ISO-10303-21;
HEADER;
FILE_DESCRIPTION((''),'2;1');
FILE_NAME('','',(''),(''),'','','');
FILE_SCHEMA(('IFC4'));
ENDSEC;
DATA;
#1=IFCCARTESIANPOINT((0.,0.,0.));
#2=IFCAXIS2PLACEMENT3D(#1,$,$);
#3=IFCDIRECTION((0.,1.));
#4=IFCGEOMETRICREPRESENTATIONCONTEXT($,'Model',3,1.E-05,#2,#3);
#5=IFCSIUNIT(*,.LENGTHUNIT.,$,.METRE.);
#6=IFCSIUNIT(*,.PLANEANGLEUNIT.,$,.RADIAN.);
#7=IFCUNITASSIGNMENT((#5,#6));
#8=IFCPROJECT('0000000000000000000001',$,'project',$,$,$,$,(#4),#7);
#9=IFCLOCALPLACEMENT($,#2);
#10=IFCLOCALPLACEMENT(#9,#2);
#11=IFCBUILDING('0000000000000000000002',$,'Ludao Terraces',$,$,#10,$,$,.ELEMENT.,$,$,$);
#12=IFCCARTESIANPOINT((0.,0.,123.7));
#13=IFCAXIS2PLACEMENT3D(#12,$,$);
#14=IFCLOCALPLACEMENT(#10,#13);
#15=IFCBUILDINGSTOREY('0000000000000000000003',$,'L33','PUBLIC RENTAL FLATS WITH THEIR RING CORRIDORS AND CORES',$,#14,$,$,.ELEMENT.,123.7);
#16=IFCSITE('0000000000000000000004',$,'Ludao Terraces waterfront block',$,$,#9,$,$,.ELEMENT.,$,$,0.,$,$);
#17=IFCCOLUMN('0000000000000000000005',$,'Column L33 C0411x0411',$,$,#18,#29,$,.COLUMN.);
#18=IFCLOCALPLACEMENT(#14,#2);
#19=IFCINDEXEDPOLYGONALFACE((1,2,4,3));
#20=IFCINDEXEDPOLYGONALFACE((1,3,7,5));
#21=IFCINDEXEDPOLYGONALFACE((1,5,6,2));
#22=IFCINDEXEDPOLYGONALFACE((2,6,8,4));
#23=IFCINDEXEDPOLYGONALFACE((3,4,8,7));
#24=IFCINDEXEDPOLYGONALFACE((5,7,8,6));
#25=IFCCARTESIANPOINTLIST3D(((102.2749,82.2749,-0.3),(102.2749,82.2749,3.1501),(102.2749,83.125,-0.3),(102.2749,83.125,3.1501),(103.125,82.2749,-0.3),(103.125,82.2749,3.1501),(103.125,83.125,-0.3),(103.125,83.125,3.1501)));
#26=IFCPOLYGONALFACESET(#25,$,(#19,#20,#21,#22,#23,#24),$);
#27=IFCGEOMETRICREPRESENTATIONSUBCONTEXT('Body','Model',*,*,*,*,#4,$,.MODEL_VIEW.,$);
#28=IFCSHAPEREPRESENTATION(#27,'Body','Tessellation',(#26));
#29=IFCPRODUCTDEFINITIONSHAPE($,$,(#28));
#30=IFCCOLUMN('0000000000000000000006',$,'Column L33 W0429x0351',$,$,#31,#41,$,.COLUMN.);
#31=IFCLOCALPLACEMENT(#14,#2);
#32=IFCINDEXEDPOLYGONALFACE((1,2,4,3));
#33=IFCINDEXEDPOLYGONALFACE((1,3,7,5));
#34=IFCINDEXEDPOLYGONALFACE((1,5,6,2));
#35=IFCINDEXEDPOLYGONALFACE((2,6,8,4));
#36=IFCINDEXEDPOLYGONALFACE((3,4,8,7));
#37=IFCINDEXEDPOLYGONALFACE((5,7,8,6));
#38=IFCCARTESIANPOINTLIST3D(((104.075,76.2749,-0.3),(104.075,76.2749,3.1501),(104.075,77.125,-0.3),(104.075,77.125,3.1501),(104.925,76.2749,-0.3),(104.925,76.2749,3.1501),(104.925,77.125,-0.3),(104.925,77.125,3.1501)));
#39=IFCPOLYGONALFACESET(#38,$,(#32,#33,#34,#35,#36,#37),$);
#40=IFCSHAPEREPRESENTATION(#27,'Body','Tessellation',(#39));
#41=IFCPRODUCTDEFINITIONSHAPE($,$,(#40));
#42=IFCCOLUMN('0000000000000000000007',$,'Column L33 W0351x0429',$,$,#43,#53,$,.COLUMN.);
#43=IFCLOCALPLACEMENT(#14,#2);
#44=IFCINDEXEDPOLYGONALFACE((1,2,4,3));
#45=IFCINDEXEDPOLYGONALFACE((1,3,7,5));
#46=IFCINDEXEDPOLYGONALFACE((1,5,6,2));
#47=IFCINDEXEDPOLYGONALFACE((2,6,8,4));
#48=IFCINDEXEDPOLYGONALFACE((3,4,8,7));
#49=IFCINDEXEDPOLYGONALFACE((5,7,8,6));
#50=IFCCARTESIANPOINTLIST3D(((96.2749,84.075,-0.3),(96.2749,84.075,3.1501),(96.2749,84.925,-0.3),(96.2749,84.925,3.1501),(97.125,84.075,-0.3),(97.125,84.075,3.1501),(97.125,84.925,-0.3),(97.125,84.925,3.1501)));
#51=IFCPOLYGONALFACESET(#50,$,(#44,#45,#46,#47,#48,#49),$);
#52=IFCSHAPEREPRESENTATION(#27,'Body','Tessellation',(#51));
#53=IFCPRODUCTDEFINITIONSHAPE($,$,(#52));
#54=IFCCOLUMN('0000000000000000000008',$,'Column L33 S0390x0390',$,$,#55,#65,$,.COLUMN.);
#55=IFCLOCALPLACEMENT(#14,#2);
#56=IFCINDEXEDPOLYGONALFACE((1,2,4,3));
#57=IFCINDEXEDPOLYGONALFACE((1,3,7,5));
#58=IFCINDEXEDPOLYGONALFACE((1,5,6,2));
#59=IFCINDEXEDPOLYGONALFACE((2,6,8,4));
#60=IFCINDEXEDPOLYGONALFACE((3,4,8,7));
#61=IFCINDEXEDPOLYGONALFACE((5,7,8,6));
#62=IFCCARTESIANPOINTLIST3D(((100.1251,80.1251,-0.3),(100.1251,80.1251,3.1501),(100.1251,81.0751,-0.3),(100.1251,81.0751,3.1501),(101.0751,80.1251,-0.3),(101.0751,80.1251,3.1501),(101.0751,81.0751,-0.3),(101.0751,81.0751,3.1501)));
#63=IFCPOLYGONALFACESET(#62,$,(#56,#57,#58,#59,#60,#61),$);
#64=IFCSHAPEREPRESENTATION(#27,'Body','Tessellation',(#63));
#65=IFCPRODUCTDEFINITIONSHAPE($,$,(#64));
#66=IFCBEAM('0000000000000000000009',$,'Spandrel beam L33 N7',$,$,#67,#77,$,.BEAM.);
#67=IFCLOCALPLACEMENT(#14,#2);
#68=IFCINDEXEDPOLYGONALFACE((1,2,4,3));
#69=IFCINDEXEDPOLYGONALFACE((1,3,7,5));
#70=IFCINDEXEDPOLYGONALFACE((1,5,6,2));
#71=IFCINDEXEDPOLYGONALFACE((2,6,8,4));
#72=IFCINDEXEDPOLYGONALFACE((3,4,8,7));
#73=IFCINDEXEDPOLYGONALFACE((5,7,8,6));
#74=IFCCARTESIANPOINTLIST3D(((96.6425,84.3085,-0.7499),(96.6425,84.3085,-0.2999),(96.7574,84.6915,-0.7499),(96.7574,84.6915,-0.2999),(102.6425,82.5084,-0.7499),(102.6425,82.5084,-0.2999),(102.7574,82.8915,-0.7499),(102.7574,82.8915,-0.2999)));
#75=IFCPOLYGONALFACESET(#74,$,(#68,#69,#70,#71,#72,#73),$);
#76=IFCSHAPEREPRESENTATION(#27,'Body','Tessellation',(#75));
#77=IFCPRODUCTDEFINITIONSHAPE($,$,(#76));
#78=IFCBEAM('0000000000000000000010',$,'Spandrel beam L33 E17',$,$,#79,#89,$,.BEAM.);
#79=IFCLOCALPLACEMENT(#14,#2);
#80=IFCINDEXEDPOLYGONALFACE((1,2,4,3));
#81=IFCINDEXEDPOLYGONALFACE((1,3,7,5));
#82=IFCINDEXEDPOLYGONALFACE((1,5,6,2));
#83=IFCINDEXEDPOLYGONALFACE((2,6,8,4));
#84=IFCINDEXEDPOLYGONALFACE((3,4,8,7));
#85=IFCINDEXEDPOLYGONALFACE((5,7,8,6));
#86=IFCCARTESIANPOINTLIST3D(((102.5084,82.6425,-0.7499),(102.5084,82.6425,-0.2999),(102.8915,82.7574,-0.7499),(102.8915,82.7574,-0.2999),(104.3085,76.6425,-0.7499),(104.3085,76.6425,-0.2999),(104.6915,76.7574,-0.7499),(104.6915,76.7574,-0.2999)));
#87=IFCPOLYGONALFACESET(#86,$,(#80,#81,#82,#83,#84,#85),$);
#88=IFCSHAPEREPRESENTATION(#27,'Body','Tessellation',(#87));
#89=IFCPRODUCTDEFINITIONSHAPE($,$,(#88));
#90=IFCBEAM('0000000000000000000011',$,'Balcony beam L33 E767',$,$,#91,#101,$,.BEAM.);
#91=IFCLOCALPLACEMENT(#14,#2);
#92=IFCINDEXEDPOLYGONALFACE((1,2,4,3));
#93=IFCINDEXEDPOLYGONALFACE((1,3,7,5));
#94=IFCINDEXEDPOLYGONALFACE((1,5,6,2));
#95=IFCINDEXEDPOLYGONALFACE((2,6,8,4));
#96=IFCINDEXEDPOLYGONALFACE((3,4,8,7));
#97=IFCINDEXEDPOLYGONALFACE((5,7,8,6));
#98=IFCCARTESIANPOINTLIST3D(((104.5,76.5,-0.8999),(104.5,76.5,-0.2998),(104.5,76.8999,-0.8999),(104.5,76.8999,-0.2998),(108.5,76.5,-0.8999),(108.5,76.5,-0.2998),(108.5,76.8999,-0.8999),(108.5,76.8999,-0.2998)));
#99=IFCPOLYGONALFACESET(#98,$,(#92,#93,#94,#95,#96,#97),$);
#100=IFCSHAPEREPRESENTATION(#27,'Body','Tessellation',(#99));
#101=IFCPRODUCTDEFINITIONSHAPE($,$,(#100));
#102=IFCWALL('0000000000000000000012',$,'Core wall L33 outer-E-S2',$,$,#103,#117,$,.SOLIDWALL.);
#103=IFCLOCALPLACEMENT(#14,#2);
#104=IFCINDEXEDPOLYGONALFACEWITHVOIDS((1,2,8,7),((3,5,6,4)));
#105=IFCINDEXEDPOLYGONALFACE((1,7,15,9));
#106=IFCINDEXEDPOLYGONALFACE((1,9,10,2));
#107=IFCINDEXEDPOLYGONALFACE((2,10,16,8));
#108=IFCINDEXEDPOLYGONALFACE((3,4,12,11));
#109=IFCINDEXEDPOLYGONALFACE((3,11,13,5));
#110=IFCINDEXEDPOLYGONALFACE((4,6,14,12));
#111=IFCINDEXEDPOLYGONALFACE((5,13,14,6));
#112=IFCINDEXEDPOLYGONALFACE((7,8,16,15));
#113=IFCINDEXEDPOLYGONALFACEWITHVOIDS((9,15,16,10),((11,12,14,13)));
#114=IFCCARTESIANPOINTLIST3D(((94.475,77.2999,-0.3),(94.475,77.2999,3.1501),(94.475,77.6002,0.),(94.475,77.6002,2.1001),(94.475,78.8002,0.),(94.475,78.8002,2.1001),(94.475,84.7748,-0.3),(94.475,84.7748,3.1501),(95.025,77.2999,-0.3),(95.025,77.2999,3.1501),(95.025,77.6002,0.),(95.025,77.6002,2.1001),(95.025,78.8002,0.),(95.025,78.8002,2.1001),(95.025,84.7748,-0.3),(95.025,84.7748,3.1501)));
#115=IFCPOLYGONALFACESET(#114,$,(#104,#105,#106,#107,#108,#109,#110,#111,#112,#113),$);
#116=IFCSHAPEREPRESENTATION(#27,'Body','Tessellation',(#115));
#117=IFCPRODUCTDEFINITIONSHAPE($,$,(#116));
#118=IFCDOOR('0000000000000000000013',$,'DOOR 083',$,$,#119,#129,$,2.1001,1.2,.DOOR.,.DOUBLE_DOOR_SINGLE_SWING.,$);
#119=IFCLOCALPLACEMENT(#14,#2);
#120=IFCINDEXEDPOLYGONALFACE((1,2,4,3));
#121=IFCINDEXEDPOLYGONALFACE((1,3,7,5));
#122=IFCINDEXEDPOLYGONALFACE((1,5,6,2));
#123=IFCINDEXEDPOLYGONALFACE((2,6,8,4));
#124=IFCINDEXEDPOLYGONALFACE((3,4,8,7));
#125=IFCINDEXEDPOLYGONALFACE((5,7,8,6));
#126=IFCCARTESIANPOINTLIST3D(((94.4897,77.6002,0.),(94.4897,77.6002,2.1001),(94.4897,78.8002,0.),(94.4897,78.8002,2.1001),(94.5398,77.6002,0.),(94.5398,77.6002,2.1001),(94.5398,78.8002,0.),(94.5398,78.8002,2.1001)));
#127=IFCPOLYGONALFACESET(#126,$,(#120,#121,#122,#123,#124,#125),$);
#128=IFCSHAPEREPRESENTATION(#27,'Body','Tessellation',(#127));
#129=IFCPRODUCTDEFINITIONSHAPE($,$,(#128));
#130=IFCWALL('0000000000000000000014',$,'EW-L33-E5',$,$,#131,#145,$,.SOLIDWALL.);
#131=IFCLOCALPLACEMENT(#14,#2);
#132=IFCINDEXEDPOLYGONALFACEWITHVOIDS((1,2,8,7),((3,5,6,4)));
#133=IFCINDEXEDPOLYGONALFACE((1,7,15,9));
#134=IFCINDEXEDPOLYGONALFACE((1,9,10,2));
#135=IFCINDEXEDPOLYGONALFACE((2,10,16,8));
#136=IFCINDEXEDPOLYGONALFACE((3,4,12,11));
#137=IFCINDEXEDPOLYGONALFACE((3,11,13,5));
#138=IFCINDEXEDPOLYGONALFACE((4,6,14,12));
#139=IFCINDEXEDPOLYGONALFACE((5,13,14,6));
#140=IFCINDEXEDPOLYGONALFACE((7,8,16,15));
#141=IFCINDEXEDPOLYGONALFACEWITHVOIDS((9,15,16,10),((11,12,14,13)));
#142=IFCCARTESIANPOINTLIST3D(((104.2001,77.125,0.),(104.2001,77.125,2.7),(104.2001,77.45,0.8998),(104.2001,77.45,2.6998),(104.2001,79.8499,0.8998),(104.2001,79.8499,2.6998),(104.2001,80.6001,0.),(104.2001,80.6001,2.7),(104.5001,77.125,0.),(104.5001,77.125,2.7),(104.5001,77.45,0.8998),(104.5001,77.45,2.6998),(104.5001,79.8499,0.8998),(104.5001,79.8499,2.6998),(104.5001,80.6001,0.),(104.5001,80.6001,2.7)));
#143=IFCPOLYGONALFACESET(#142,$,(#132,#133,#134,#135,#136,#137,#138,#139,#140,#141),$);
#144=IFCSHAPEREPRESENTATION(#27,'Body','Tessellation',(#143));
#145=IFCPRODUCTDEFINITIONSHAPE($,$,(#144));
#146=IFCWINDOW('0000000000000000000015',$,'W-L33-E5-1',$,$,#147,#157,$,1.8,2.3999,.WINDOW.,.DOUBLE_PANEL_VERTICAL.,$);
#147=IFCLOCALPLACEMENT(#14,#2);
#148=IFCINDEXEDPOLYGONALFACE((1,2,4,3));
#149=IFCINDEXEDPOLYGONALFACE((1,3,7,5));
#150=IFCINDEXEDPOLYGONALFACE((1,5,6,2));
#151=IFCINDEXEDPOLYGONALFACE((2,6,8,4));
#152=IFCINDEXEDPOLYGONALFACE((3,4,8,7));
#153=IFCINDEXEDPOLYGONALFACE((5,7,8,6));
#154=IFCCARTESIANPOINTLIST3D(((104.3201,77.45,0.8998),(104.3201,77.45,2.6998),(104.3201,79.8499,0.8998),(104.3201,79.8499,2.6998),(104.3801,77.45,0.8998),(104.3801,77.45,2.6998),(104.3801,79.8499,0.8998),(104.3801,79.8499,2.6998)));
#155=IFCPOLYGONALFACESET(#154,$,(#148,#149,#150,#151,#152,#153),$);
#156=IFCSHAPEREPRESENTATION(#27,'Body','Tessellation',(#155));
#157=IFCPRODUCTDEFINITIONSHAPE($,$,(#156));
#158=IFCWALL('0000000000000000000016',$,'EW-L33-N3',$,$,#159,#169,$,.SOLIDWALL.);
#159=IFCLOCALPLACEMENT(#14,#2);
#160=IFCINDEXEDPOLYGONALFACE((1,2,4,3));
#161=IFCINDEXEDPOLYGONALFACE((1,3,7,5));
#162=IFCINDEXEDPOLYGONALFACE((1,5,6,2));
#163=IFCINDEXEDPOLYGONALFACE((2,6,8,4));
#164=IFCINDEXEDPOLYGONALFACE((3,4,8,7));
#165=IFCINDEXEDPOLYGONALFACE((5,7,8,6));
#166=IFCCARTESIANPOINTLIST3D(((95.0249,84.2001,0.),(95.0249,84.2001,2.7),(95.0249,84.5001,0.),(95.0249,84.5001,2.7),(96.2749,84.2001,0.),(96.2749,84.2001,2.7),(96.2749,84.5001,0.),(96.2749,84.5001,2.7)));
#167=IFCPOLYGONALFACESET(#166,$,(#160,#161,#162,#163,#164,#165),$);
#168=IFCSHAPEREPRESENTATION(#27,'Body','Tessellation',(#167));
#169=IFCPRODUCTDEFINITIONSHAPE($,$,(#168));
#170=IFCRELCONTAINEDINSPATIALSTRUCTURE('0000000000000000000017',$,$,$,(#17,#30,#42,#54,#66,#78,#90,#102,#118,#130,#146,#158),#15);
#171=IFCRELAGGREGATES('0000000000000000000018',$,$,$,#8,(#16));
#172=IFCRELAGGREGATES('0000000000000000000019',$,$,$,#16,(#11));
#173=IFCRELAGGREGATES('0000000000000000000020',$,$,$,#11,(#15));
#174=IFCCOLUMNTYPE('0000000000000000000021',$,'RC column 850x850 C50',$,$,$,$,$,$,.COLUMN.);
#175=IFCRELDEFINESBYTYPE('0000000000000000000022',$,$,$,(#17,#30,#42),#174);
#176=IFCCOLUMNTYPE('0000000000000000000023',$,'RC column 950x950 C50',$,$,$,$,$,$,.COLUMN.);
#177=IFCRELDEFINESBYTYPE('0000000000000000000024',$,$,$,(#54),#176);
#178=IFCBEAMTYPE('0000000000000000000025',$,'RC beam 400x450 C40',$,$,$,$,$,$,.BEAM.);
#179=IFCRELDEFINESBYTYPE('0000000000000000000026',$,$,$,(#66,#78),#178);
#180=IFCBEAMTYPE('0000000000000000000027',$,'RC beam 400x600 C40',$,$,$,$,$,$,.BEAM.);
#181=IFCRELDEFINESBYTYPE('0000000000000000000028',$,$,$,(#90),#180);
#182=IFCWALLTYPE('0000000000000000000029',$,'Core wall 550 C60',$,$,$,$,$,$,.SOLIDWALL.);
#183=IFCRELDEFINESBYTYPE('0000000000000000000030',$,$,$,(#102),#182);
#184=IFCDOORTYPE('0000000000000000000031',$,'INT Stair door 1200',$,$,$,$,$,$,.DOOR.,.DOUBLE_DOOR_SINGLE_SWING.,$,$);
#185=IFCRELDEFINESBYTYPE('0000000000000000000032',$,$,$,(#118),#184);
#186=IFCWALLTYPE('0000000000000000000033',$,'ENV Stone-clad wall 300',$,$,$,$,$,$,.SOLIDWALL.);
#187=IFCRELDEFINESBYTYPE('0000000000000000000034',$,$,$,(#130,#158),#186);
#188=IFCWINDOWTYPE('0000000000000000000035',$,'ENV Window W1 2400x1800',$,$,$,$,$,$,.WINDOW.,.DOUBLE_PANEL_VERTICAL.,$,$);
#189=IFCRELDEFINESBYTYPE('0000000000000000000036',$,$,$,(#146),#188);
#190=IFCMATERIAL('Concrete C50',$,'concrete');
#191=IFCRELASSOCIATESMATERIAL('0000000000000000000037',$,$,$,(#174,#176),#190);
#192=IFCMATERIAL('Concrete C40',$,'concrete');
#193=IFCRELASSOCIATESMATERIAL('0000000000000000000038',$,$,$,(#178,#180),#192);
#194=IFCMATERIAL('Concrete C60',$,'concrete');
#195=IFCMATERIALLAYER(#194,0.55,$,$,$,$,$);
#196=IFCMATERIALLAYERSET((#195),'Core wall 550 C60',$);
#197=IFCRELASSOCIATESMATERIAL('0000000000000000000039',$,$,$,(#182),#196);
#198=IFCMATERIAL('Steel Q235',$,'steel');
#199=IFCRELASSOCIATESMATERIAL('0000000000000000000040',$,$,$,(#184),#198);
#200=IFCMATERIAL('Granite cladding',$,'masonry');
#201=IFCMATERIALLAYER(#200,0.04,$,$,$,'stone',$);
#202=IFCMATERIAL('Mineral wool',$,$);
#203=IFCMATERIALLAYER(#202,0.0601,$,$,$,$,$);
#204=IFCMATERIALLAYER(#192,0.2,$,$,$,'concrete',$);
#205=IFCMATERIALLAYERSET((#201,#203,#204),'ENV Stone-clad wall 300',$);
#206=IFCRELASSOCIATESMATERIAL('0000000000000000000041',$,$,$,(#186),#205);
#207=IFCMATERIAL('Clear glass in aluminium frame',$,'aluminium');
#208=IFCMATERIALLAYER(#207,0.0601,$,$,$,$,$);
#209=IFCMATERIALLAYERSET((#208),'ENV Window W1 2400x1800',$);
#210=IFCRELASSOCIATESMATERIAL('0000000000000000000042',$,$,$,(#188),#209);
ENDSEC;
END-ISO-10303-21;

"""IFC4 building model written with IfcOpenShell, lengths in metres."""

from ifc_helpers import new_model, si_unit, direction, frame, frame_2d, origin, origin_2d, place, context, subcontext, project, spatial, rectangle, extrude, material, layer, layer_set, material_profile, profile_set, type_object, element, fill, save


model = new_model("IFC4")

# Units and contexts
model_context = context("Model", 3, precision=1e-05, world=origin(), true_north=direction((0.0, 1.0)))
body_context = subcontext(model_context, "Body", "Model", "MODEL_VIEW")
ifc_project = project(units=[si_unit("LENGTHUNIT", "METRE"), si_unit("PLANEANGLEUNIT", "RADIAN")], contexts=[model_context])

# Site, building, storey
site_placement = place(None, origin())
site = spatial("IfcSite", under=ifc_project, at=site_placement, Name="Ludao Terraces waterfront block", CompositionType="ELEMENT", RefElevation=0.0)
building_placement = place(site_placement, origin())
building = spatial("IfcBuilding", under=site, at=building_placement, Name="Ludao Terraces", CompositionType="ELEMENT")
storey_placement = place(building_placement, frame((0.0, 0.0, 123.7)))
storey = spatial("IfcBuildingStorey", under=building, at=storey_placement, Name="L33", Description="PUBLIC RENTAL FLATS WITH THEIR RING CORRIDORS AND CORES", CompositionType="ELEMENT", Elevation=123.7)

# Columns
ifc_material_1 = material(Name="Concrete C50", Category="concrete")
ifc_material_profile_1 = material_profile(ifc_material_1, rectangle(XDim=0.8501, YDim=0.8501, at=origin_2d()), Name="850 X 850")
ifc_profile_set_1 = profile_set([ifc_material_profile_1], Name="Concrete C50")
column_type_1 = type_object("IfcColumnType", Name="RC column 850x850 C50", PredefinedType="COLUMN", material=ifc_profile_set_1)
for number, where, z_axis, x_axis, name in (
    (1, (102.7, 82.7, -0.3), (0.0, 0.0, 1.0), (1.0, 0.0, 0.0), "Column L33 C0411x0411"),
    (2, (104.5, 76.7, -0.3), (0.0, 0.0, 1.0), (1.0, 0.0, 0.0), "Column L33 W0429x0351"),
    (3, (96.7, 84.5, -0.3), (0.0, 0.0, 1.0), (1.0, 0.0, 0.0), "Column L33 W0351x0429"),
):
    element("IfcColumn", number, at=place(storey_placement, frame(where, z_axis=z_axis, x_axis=x_axis)), inside=storey, type_object=column_type_1, Name=name, PredefinedType="COLUMN", context=body_context, shape_type="SweptSolid", body=[
        extrude(rectangle(XDim=0.8501, YDim=0.8501, at=origin_2d()), origin(), (0.0, 0.0, 1.0), 3.4502),
    ])
ifc_material_profile_2 = material_profile(ifc_material_1, rectangle(XDim=0.95, YDim=0.95, at=origin_2d()), Name="950 X 950")
ifc_profile_set_2 = profile_set([ifc_material_profile_2], Name="Concrete C50")
column_type_2 = type_object("IfcColumnType", Name="RC column 950x950 C50", PredefinedType="COLUMN", material=ifc_profile_set_2)
column_placement = place(storey_placement, frame((100.6001, 80.6001, -0.3), z_axis=(0.0, 0.0, 1.0), x_axis=(1.0, 0.0, 0.0)))
element("IfcColumn", 4, at=column_placement, inside=storey, type_object=column_type_2, Name="Column L33 S0390x0390", PredefinedType="COLUMN", context=body_context, shape_type="SweptSolid", body=[
    extrude(rectangle(XDim=0.95, YDim=0.95, at=origin_2d()), origin(), (0.0, 0.0, 1.0), 3.4502),
])

# Beams
ifc_material_2 = material(Name="Concrete C40", Category="concrete")
ifc_material_profile_3 = material_profile(ifc_material_2, rectangle(XDim=0.3999, YDim=0.45, at=origin_2d()), Name="400 X 450")
ifc_profile_set_3 = profile_set([ifc_material_profile_3], Name="Concrete C40")
beam_type_1 = type_object("IfcBeamType", Name="RC beam 400x450 C40", PredefinedType="BEAM", material=ifc_profile_set_3)
for number, where, z_axis, x_axis, name in (
    (5, (96.7, 84.5, -0.5249), (0.957824, -0.287355, 0.0), (0.287355, 0.957824, 0.0), "Spandrel beam L33 N7"),
    (6, (104.5, 76.7, -0.5249), (-0.287355, 0.957824, 0.0), (-0.957824, -0.287355, 0.0), "Spandrel beam L33 E17"),
):
    element("IfcBeam", number, at=place(storey_placement, frame(where, z_axis=z_axis, x_axis=x_axis)), inside=storey, type_object=beam_type_1, Name=name, PredefinedType="BEAM", context=body_context, shape_type="SweptSolid", body=[
        extrude(rectangle(XDim=0.3999, YDim=0.45, at=origin_2d()), origin(), (0.0, 0.0, 1.0), 6.2642),
    ])
ifc_material_profile_4 = material_profile(ifc_material_2, rectangle(XDim=0.3999, YDim=0.6001, at=origin_2d()), Name="400 X 600")
ifc_profile_set_4 = profile_set([ifc_material_profile_4], Name="Concrete C40")
beam_type_2 = type_object("IfcBeamType", Name="RC beam 400x600 C40", PredefinedType="BEAM", material=ifc_profile_set_4)
beam_placement = place(storey_placement, frame((104.5, 76.7, -0.5999), z_axis=(1.0, 0.0, 0.0), x_axis=(0.0, 1.0, 0.0)))
element("IfcBeam", 7, at=beam_placement, inside=storey, type_object=beam_type_2, Name="Balcony beam L33 E767", PredefinedType="BEAM", context=body_context, shape_type="SweptSolid", body=[
    extrude(rectangle(XDim=0.3999, YDim=0.6001, at=origin_2d()), origin(), (0.0, 0.0, 1.0), 4.0),
])

# Wall, opening, door
ifc_material_3 = material(Name="Concrete C60", Category="concrete")
ifc_layer_1 = layer(ifc_material_3, 0.55)
ifc_layer_set_1 = layer_set([ifc_layer_1], Name="Core wall 550 C60")
wall_type_1 = type_object("IfcWallType", Name="Core wall 550 C60", PredefinedType="SOLIDWALL", material=ifc_layer_set_1)
wall_1_placement = place(storey_placement, frame((94.75, 77.3, -0.3), z_axis=(0.0, 0.0, 1.0), x_axis=(0.0, 1.0, 0.0)))
wall_1 = element("IfcWall", 8, at=wall_1_placement, inside=storey, type_object=wall_type_1, Name="Core wall L33 outer-E-S2", PredefinedType="SOLIDWALL", context=body_context, shape_type="SweptSolid", body=[
    extrude(rectangle(XDim=7.4749, YDim=0.55, at=frame_2d((3.7373, 0.0))), origin(), (0.0, 0.0, 1.0), 3.4502),
])
opening_1_placement = place(wall_1_placement, frame((0.3, 0.0, 0.3)))
opening_1 = element("IfcOpeningElement", 9, at=opening_1_placement, cuts=wall_1, PredefinedType="OPENING", context=body_context, shape_type="SweptSolid", body=[
    extrude(rectangle(XDim=1.2, YDim=2.1001, at=frame_2d((0.6001, 1.05))), frame((0.0, 0.2852, 0.0), z_axis=(0.0, -1.0, 0.0), x_axis=(1.0, 0.0, 0.0)), (0.0, 0.0, 1.0), 0.5701),
])
ifc_material_4 = material(Name="Steel Q235", Category="steel")
door_type_1 = type_object("IfcDoorType", Name="INT Stair door 1200", OperationType="DOUBLE_DOOR_SINGLE_SWING", PredefinedType="DOOR", material=ifc_material_4)
door_1_placement = place(opening_1_placement, origin())
door_1 = element("IfcDoor", 10, at=door_1_placement, inside=storey, type_object=door_type_1, Name="DOOR 083", OperationType="DOUBLE_DOOR_SINGLE_SWING", OverallHeight=2.1001, OverallWidth=1.2, PredefinedType="DOOR", context=body_context, shape_type="SweptSolid", body=[
    extrude(rectangle(XDim=1.2, YDim=2.1001, at=frame_2d((0.6001, 1.05))), frame((0.0, 0.2603, 0.0), z_axis=(0.0, -1.0, 0.0), x_axis=(1.0, 0.0, 0.0)), (0.0, 0.0, 1.0), 0.05),
])
fill(opening_1, door_1)

# Wall, opening, window
ifc_material_5 = material(Name="Granite cladding", Category="masonry")
ifc_layer_2 = layer(ifc_material_5, 0.04, Category="stone")
ifc_material_6 = material(Name="Mineral wool")
ifc_layer_3 = layer(ifc_material_6, 0.0601)
ifc_layer_4 = layer(ifc_material_2, 0.2, Category="concrete")
ifc_layer_set_2 = layer_set([ifc_layer_2, ifc_layer_3, ifc_layer_4], Name="ENV Stone-clad wall 300")
wall_type_2 = type_object("IfcWallType", Name="ENV Stone-clad wall 300", PredefinedType="SOLIDWALL", material=ifc_layer_set_2)
wall_2_placement = place(storey_placement, frame((104.3501, 77.125, 0.0), z_axis=(0.0, 0.0, 1.0), x_axis=(0.0, 1.0, 0.0)))
wall_2 = element("IfcWall", 11, at=wall_2_placement, inside=storey, type_object=wall_type_2, Name="EW-L33-E5", PredefinedType="SOLIDWALL", context=body_context, shape_type="SweptSolid", body=[
    extrude(rectangle(XDim=3.4751, YDim=0.3, at=frame_2d((1.7375, 0.0))), origin(), (0.0, 0.0, 1.0), 2.7),
])
opening_2_placement = place(wall_2_placement, frame((0.325, 0.0, 0.8999)))
opening_2 = element("IfcOpeningElement", 12, at=opening_2_placement, cuts=wall_2, PredefinedType="OPENING", context=body_context, shape_type="SweptSolid", body=[
    extrude(rectangle(XDim=2.3999, YDim=1.8, at=frame_2d((1.2, 0.8999))), frame((0.0, 0.1602, 0.0), z_axis=(0.0, -1.0, 0.0), x_axis=(1.0, 0.0, 0.0)), (0.0, 0.0, 1.0), 0.3201),
])
ifc_material_7 = material(Name="Clear glass in aluminium frame", Category="aluminium")
ifc_layer_5 = layer(ifc_material_7, 0.0601)
ifc_layer_set_3 = layer_set([ifc_layer_5], Name="ENV Window W1 2400x1800")
window_type_1 = type_object("IfcWindowType", Name="ENV Window W1 2400x1800", PartitioningType="DOUBLE_PANEL_VERTICAL", PredefinedType="WINDOW", material=ifc_layer_set_3)
window_1_placement = place(opening_2_placement, origin())
window_1 = element("IfcWindow", 13, at=window_1_placement, inside=storey, type_object=window_type_1, Name="W-L33-E5-1", OverallHeight=1.8, OverallWidth=2.3999, PartitioningType="DOUBLE_PANEL_VERTICAL", PredefinedType="WINDOW", context=body_context, shape_type="SweptSolid", body=[
    extrude(rectangle(XDim=2.3999, YDim=1.8, at=frame_2d((1.2, 0.8999))), frame((0.0, 0.03, 0.0), z_axis=(0.0, -1.0, 0.0), x_axis=(1.0, 0.0, 0.0)), (0.0, 0.0, 1.0), 0.0601),
])
fill(opening_2, window_1)

# Wall
wall_3_placement = place(storey_placement, frame((95.0249, 84.3501, 0.0), z_axis=(0.0, 0.0, 1.0), x_axis=(1.0, 0.0, 0.0)))
element("IfcWall", 14, at=wall_3_placement, inside=storey, type_object=wall_type_2, Name="EW-L33-N3", PredefinedType="SOLIDWALL", context=body_context, shape_type="SweptSolid", body=[
    extrude(rectangle(XDim=1.25, YDim=0.3, at=frame_2d((0.625, 0.0))), origin(), (0.0, 0.0, 1.0), 2.7),
])

save(model, "model.ifc")
